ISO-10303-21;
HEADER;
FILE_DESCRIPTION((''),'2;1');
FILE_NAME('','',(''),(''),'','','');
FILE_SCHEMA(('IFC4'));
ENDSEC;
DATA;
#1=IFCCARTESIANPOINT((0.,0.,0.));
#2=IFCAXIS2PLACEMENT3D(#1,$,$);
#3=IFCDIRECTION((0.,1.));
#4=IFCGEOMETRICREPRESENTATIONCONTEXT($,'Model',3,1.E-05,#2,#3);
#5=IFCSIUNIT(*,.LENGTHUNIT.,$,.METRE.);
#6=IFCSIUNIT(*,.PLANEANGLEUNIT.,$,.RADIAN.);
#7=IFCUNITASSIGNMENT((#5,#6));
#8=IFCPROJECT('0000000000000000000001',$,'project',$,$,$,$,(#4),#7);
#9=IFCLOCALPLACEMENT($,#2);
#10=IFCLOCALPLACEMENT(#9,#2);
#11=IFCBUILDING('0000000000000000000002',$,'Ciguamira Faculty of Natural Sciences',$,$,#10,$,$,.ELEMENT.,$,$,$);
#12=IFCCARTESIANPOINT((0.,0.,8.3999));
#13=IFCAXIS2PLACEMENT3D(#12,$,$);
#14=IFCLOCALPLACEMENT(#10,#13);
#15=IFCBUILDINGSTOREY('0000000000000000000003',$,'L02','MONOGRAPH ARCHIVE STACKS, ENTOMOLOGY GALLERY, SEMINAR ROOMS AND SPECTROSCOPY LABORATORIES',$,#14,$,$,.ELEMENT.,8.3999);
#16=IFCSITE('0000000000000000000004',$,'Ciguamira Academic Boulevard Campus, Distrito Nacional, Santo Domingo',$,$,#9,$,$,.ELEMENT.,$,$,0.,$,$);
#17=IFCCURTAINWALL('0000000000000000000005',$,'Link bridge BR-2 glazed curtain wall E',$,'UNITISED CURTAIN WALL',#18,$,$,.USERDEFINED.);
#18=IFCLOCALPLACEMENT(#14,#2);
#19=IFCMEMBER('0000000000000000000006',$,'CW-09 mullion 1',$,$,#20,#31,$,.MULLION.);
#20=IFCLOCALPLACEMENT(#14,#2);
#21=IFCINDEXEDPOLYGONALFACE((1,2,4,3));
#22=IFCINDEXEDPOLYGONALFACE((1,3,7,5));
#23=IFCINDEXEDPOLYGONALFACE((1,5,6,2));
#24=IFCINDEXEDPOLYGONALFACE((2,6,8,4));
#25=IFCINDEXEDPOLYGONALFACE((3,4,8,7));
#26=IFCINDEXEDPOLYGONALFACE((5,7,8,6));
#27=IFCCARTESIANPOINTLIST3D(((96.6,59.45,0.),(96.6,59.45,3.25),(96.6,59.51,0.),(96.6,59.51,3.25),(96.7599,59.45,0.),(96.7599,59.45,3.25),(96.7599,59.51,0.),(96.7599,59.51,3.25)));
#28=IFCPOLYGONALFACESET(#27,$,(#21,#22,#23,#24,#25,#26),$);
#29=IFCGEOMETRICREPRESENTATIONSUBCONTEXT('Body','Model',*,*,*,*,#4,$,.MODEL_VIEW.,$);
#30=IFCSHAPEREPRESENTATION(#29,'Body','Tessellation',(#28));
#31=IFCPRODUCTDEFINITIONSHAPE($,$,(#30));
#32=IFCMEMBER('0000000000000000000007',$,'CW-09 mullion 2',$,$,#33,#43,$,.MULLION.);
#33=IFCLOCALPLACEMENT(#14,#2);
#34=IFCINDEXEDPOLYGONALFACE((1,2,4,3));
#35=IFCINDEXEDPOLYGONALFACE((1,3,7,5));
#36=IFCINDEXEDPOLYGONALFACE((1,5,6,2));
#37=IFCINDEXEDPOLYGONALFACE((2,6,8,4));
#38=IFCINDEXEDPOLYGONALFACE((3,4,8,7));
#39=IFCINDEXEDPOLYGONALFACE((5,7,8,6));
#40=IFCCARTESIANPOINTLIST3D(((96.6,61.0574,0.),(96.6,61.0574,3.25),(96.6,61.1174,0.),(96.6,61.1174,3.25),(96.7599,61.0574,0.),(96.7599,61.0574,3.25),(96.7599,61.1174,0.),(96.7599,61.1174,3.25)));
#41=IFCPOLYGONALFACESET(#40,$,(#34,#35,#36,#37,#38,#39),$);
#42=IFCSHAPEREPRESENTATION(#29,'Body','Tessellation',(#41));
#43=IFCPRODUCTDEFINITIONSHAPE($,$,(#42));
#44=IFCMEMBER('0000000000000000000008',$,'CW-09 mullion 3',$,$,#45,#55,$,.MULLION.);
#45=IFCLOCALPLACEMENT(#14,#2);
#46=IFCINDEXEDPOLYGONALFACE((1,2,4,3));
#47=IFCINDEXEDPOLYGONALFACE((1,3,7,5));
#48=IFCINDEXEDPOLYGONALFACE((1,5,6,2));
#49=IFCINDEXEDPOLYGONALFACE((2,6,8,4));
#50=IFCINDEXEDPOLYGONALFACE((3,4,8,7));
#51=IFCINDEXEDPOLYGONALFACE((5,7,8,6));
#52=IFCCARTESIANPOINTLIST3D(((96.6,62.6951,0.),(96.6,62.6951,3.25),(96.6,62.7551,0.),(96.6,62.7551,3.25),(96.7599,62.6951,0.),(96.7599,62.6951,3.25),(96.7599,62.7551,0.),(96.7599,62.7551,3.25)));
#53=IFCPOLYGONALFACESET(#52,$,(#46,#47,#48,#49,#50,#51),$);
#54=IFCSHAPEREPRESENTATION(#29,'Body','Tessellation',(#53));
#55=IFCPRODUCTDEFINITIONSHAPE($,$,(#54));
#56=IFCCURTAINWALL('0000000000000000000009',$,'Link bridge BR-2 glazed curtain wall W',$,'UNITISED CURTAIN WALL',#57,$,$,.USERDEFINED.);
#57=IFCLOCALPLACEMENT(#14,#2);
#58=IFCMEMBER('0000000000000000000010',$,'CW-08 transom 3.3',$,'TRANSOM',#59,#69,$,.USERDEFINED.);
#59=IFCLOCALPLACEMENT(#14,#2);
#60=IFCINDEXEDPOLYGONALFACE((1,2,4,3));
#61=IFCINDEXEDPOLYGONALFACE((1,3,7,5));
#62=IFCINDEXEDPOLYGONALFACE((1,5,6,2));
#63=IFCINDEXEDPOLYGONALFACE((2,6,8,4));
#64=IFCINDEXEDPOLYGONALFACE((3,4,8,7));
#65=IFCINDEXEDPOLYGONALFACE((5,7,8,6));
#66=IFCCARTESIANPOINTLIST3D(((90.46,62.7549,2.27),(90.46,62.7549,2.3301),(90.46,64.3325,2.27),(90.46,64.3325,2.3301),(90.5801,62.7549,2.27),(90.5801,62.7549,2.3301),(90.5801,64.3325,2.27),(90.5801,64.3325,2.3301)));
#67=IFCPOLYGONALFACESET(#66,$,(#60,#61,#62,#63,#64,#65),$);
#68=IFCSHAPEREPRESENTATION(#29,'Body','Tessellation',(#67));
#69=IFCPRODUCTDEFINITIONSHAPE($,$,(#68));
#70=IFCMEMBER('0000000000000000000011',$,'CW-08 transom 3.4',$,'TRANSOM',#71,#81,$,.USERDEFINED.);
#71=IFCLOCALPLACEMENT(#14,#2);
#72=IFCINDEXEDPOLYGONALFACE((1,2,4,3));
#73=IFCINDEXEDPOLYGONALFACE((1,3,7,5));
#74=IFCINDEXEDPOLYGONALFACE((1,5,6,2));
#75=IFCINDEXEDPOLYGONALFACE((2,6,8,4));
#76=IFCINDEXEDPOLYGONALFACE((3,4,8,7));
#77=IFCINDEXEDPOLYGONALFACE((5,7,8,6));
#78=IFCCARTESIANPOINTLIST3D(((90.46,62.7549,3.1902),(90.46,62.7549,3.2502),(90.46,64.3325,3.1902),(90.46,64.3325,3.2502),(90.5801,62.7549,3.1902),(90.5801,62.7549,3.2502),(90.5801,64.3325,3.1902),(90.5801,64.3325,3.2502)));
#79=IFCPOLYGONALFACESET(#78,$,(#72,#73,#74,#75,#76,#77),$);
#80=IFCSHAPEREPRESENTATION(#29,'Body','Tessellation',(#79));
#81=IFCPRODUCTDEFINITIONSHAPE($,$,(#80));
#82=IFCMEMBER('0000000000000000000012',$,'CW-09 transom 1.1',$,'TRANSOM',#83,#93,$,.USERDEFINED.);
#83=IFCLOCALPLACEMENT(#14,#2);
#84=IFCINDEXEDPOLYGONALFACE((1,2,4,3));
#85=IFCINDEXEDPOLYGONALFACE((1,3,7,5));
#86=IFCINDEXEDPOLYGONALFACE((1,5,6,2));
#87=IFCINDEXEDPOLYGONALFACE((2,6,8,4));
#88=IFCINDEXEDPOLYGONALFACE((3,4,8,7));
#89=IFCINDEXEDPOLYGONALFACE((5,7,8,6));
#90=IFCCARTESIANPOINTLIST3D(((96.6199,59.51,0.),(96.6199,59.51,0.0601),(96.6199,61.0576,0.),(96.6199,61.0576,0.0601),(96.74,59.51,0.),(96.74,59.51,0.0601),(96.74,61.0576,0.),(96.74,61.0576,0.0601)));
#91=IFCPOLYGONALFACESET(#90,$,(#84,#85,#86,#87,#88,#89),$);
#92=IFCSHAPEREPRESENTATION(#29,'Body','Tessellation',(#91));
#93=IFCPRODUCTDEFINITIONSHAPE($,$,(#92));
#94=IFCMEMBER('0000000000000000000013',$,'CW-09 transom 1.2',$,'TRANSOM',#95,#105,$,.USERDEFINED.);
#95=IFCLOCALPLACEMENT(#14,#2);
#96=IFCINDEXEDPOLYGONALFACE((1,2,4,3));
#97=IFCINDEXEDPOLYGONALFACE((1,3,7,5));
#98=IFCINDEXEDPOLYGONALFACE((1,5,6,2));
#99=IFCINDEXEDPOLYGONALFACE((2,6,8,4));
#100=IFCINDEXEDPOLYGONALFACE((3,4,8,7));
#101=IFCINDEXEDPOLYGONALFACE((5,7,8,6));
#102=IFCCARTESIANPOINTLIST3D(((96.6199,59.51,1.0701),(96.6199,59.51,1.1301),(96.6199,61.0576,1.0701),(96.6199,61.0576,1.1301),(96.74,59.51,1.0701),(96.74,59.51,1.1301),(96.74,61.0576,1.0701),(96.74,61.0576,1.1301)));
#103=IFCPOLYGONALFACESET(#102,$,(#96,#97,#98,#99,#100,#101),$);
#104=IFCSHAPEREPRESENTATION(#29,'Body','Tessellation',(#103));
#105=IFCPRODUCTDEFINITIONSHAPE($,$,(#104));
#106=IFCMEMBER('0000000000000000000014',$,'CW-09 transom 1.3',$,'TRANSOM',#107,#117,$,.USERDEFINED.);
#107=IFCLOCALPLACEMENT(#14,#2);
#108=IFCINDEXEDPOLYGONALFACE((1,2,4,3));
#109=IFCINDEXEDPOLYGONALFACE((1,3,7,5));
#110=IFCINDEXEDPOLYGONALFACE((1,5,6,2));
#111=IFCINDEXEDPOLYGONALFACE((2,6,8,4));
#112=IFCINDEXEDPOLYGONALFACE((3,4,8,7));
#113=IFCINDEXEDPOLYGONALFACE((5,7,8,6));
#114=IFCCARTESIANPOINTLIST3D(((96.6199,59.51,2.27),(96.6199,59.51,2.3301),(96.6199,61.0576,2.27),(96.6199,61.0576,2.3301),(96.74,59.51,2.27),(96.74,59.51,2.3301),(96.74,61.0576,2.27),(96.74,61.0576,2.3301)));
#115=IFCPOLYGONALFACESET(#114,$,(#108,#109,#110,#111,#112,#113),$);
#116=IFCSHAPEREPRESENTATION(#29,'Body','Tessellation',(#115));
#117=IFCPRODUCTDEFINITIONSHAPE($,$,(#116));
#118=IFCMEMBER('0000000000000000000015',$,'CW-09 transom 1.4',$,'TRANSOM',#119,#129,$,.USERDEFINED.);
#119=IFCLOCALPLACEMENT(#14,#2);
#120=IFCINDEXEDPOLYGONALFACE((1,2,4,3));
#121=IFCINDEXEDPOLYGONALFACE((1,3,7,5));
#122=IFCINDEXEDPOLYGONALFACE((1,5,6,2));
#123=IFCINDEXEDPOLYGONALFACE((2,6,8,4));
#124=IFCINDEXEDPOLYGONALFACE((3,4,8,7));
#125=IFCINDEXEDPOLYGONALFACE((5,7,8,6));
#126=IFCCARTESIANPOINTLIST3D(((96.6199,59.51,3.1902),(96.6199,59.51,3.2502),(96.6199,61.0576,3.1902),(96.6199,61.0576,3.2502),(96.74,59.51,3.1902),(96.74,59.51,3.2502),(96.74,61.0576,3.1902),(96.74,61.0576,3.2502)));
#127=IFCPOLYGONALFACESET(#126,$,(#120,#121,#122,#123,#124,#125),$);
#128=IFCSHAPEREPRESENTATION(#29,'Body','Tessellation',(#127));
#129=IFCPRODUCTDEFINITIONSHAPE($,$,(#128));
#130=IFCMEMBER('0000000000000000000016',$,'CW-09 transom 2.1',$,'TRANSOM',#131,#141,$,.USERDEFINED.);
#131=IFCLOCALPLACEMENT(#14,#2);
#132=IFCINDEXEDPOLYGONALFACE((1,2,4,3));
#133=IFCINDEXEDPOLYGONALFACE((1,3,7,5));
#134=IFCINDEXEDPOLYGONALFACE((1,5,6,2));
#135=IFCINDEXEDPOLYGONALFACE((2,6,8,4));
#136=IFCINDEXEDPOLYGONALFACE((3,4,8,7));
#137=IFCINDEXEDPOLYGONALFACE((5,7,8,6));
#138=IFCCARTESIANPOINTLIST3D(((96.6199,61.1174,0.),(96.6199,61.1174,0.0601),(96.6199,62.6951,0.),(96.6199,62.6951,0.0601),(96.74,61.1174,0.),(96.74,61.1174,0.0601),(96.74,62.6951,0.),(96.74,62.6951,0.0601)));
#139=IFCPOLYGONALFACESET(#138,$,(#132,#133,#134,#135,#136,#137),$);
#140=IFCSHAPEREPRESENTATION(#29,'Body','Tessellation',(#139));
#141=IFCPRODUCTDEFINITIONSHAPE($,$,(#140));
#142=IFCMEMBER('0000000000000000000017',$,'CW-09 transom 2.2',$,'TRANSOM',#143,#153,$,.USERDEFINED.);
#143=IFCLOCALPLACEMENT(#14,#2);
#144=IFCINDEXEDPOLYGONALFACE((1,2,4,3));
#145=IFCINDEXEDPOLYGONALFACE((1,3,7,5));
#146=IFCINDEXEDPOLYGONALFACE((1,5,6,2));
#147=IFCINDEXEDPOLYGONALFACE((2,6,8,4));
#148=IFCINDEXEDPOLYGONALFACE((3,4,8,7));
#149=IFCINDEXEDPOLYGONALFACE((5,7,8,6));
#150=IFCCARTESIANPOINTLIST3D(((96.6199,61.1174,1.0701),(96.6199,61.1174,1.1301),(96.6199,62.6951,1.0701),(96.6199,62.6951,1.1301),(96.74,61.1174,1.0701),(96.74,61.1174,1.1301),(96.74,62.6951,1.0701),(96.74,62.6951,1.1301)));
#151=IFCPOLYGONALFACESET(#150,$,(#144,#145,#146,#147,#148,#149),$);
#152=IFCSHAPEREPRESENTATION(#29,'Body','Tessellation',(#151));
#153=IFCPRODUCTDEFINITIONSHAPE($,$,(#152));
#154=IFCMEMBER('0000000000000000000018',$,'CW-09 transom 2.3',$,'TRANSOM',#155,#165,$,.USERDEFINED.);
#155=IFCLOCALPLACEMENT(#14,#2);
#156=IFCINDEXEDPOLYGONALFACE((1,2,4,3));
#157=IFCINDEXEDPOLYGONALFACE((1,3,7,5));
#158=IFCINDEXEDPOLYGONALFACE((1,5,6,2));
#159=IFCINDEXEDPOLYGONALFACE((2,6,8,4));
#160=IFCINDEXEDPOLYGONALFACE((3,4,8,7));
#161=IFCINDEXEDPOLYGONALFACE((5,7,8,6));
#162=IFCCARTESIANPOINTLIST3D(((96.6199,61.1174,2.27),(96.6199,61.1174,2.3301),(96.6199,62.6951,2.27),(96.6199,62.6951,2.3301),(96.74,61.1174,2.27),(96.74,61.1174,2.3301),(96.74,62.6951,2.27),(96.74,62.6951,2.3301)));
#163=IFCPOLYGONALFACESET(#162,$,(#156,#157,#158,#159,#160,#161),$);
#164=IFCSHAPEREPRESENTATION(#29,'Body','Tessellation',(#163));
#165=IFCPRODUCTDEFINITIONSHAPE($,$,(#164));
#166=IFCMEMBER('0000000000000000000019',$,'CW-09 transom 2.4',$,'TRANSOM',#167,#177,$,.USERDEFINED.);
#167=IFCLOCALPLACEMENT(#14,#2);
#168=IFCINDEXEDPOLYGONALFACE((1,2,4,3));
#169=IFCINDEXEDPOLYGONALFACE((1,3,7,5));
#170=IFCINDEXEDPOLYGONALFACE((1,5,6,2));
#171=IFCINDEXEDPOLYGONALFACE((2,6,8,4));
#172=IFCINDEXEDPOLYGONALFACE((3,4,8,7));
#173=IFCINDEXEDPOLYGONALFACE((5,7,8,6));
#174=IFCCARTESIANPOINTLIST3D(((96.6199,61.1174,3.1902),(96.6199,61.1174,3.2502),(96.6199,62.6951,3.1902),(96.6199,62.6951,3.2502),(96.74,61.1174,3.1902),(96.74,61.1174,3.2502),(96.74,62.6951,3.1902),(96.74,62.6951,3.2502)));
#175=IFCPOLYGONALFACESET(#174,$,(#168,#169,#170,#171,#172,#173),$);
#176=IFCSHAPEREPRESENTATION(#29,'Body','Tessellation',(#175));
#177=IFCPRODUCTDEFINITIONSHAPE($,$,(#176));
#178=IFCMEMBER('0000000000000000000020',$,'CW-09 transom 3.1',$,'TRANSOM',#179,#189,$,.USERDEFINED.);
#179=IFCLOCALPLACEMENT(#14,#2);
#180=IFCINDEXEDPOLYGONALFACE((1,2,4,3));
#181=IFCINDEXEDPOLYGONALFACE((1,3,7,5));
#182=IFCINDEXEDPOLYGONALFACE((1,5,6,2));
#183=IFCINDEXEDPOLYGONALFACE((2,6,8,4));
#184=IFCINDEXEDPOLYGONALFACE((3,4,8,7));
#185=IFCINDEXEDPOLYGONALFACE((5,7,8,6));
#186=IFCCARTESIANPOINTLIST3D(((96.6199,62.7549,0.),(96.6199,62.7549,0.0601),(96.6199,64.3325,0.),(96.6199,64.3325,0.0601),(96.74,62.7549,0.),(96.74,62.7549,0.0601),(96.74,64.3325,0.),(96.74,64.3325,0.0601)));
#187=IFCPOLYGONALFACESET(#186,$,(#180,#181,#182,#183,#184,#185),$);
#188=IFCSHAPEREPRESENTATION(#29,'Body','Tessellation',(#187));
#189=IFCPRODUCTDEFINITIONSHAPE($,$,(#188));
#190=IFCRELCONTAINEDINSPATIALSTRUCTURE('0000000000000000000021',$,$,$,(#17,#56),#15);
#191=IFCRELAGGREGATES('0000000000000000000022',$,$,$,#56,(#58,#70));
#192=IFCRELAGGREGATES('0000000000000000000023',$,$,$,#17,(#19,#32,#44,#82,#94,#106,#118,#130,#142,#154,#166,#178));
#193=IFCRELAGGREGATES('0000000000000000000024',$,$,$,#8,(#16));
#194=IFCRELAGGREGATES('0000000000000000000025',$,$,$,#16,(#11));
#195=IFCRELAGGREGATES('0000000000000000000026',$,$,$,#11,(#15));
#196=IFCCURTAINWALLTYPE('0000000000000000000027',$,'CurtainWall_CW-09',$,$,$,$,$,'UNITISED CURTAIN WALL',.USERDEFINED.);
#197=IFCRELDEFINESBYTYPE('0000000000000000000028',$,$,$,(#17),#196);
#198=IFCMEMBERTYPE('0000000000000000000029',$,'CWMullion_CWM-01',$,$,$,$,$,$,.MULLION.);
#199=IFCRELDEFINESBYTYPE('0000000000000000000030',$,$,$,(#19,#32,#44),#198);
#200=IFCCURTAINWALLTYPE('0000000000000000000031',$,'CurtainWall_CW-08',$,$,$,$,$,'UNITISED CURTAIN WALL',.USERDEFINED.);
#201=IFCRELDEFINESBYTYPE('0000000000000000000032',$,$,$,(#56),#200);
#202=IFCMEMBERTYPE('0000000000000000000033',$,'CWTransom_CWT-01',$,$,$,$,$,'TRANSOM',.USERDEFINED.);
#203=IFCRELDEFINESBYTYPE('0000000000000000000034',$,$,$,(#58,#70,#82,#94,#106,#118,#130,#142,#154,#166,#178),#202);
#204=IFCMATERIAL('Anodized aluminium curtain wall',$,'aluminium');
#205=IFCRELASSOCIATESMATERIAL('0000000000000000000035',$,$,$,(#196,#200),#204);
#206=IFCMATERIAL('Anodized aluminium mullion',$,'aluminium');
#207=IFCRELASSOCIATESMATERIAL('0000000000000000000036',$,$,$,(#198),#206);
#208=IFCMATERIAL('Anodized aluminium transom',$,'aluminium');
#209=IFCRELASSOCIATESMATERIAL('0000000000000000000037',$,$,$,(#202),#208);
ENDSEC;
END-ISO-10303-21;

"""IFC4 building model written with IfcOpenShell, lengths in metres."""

from ifc_helpers import new_model, si_unit, direction, frame, origin, origin_2d, place, context, subcontext, project, spatial, rectangle, extrude, material, material_profile, profile_set, type_object, element, aggregate, save


model = new_model("IFC4")

# Units and contexts
model_context = context("Model", 3, precision=1e-05, world=origin(), true_north=direction((0.0, 1.0)))
body_context = subcontext(model_context, "Body", "Model", "MODEL_VIEW")
ifc_project = project(units=[si_unit("LENGTHUNIT", "METRE"), si_unit("PLANEANGLEUNIT", "RADIAN")], contexts=[model_context])

# Site, building, storey
site_placement = place(None, origin())
site = spatial("IfcSite", under=ifc_project, at=site_placement, Name="Ciguamira Academic Boulevard Campus, Distrito Nacional, Santo Domingo", CompositionType="ELEMENT", RefElevation=0.0)
building_placement = place(site_placement, origin())
building = spatial("IfcBuilding", under=site, at=building_placement, Name="Ciguamira Faculty of Natural Sciences", CompositionType="ELEMENT")
storey_placement = place(building_placement, frame((0.0, 0.0, 8.3999)))
storey = spatial("IfcBuildingStorey", under=building, at=storey_placement, Name="L02", Description="MONOGRAPH ARCHIVE STACKS, ENTOMOLOGY GALLERY, SEMINAR ROOMS AND SPECTROSCOPY LABORATORIES", CompositionType="ELEMENT", Elevation=8.3999)

# Curtain walls, members
ifc_material_1 = material(Name="Anodized aluminium curtain wall", Category="aluminium")
curtain_wall_type_1 = type_object("IfcCurtainWallType", Name="CurtainWall_CW-09", ElementType="UNITISED CURTAIN WALL", PredefinedType="USERDEFINED", material=ifc_material_1)
curtain_wall_1_placement = place(storey_placement, origin())
curtain_wall_1 = element("IfcCurtainWall", 1, at=curtain_wall_1_placement, inside=storey, type_object=curtain_wall_type_1, Name="Link bridge BR-2 glazed curtain wall E", ObjectType="UNITISED CURTAIN WALL", PredefinedType="USERDEFINED")
ifc_material_2 = material(Name="Anodized aluminium mullion", Category="aluminium")
ifc_material_profile_1 = material_profile(ifc_material_2, rectangle(XDim=0.0601, YDim=0.1599, at=origin_2d()), Name="ALU-MUL-60X160")
ifc_profile_set_1 = profile_set([ifc_material_profile_1], Name="Anodized aluminium mullion")
member_type_1 = type_object("IfcMemberType", Name="CWMullion_CWM-01", PredefinedType="MULLION", material=ifc_profile_set_1)
member_1_placement = place(storey_placement, frame((96.6799, 59.48, 0.0), z_axis=(0.0, 0.0, 1.0), x_axis=(0.0, 1.0, 0.0)))
member_1 = element("IfcMember", 2, at=member_1_placement, type_object=member_type_1, Name="CW-09 mullion 1", PredefinedType="MULLION", context=body_context, shape_type="SweptSolid", body=[
    extrude(rectangle(XDim=0.0601, YDim=0.1599, at=origin_2d()), origin(), (0.0, 0.0, 1.0), 3.25),
])
member_2_placement = place(storey_placement, frame((96.6799, 61.0874, 0.0), z_axis=(0.0, 0.0, 1.0), x_axis=(0.0, 1.0, 0.0)))
member_2 = element("IfcMember", 3, at=member_2_placement, type_object=member_type_1, Name="CW-09 mullion 2", PredefinedType="MULLION", context=body_context, shape_type="SweptSolid", body=[
    extrude(rectangle(XDim=0.0601, YDim=0.1599, at=origin_2d()), origin(), (0.0, 0.0, 1.0), 3.25),
])
member_3_placement = place(storey_placement, frame((96.6799, 62.7251, 0.0), z_axis=(0.0, 0.0, 1.0), x_axis=(0.0, 1.0, 0.0)))
member_3 = element("IfcMember", 4, at=member_3_placement, type_object=member_type_1, Name="CW-09 mullion 3", PredefinedType="MULLION", context=body_context, shape_type="SweptSolid", body=[
    extrude(rectangle(XDim=0.0601, YDim=0.1599, at=origin_2d()), origin(), (0.0, 0.0, 1.0), 3.25),
])
curtain_wall_type_2 = type_object("IfcCurtainWallType", Name="CurtainWall_CW-08", ElementType="UNITISED CURTAIN WALL", PredefinedType="USERDEFINED", material=ifc_material_1)
curtain_wall_2_placement = place(storey_placement, origin())
curtain_wall_2 = element("IfcCurtainWall", 5, at=curtain_wall_2_placement, inside=storey, type_object=curtain_wall_type_2, Name="Link bridge BR-2 glazed curtain wall W", ObjectType="UNITISED CURTAIN WALL", PredefinedType="USERDEFINED")
ifc_material_3 = material(Name="Anodized aluminium transom", Category="aluminium")
ifc_material_profile_2 = material_profile(ifc_material_3, rectangle(XDim=0.0601, YDim=0.1201, at=origin_2d()), Name="ALU-TRN-60X120")
ifc_profile_set_2 = profile_set([ifc_material_profile_2], Name="Anodized aluminium transom")
member_type_2 = type_object("IfcMemberType", Name="CWTransom_CWT-01", ElementType="TRANSOM", PredefinedType="USERDEFINED", material=ifc_profile_set_2)
member_4_placement = place(storey_placement, frame((90.52, 62.7549, 2.3), z_axis=(0.0, 1.0, 0.0), x_axis=(0.0, 0.0, 1.0)))
member_4 = element("IfcMember", 6, at=member_4_placement, type_object=member_type_2, Name="CW-08 transom 3.3", ObjectType="TRANSOM", PredefinedType="USERDEFINED", context=body_context, shape_type="SweptSolid", body=[
    extrude(rectangle(XDim=0.0601, YDim=0.1201, at=origin_2d()), origin(), (0.0, 0.0, 1.0), 1.5776),
])
member_5_placement = place(storey_placement, frame((90.52, 62.7549, 3.2202), z_axis=(0.0, 1.0, 0.0), x_axis=(0.0, 0.0, 1.0)))
member_5 = element("IfcMember", 7, at=member_5_placement, type_object=member_type_2, Name="CW-08 transom 3.4", ObjectType="TRANSOM", PredefinedType="USERDEFINED", context=body_context, shape_type="SweptSolid", body=[
    extrude(rectangle(XDim=0.0601, YDim=0.1201, at=origin_2d()), origin(), (0.0, 0.0, 1.0), 1.5776),
])
aggregate(curtain_wall_2, [member_4, member_5])

# Members
member_6_placement = place(storey_placement, frame((96.6799, 59.51, 0.03), z_axis=(0.0, 1.0, 0.0), x_axis=(0.0, 0.0, 1.0)))
member_6 = element("IfcMember", 8, at=member_6_placement, type_object=member_type_2, Name="CW-09 transom 1.1", ObjectType="TRANSOM", PredefinedType="USERDEFINED", context=body_context, shape_type="SweptSolid", body=[
    extrude(rectangle(XDim=0.0601, YDim=0.1201, at=origin_2d()), origin(), (0.0, 0.0, 1.0), 1.5476),
])
member_7_placement = place(storey_placement, frame((96.6799, 59.51, 1.1001), z_axis=(0.0, 1.0, 0.0), x_axis=(0.0, 0.0, 1.0)))
member_7 = element("IfcMember", 9, at=member_7_placement, type_object=member_type_2, Name="CW-09 transom 1.2", ObjectType="TRANSOM", PredefinedType="USERDEFINED", context=body_context, shape_type="SweptSolid", body=[
    extrude(rectangle(XDim=0.0601, YDim=0.1201, at=origin_2d()), origin(), (0.0, 0.0, 1.0), 1.5476),
])
member_8_placement = place(storey_placement, frame((96.6799, 59.51, 2.3), z_axis=(0.0, 1.0, 0.0), x_axis=(0.0, 0.0, 1.0)))
member_8 = element("IfcMember", 10, at=member_8_placement, type_object=member_type_2, Name="CW-09 transom 1.3", ObjectType="TRANSOM", PredefinedType="USERDEFINED", context=body_context, shape_type="SweptSolid", body=[
    extrude(rectangle(XDim=0.0601, YDim=0.1201, at=origin_2d()), origin(), (0.0, 0.0, 1.0), 1.5476),
])
member_9_placement = place(storey_placement, frame((96.6799, 59.51, 3.2202), z_axis=(0.0, 1.0, 0.0), x_axis=(0.0, 0.0, 1.0)))
member_9 = element("IfcMember", 11, at=member_9_placement, type_object=member_type_2, Name="CW-09 transom 1.4", ObjectType="TRANSOM", PredefinedType="USERDEFINED", context=body_context, shape_type="SweptSolid", body=[
    extrude(rectangle(XDim=0.0601, YDim=0.1201, at=origin_2d()), origin(), (0.0, 0.0, 1.0), 1.5476),
])
member_10_placement = place(storey_placement, frame((96.6799, 61.1174, 0.03), z_axis=(0.0, 1.0, 0.0), x_axis=(0.0, 0.0, 1.0)))
member_10 = element("IfcMember", 12, at=member_10_placement, type_object=member_type_2, Name="CW-09 transom 2.1", ObjectType="TRANSOM", PredefinedType="USERDEFINED", context=body_context, shape_type="SweptSolid", body=[
    extrude(rectangle(XDim=0.0601, YDim=0.1201, at=origin_2d()), origin(), (0.0, 0.0, 1.0), 1.5776),
])
member_11_placement = place(storey_placement, frame((96.6799, 61.1174, 1.1001), z_axis=(0.0, 1.0, 0.0), x_axis=(0.0, 0.0, 1.0)))
member_11 = element("IfcMember", 13, at=member_11_placement, type_object=member_type_2, Name="CW-09 transom 2.2", ObjectType="TRANSOM", PredefinedType="USERDEFINED", context=body_context, shape_type="SweptSolid", body=[
    extrude(rectangle(XDim=0.0601, YDim=0.1201, at=origin_2d()), origin(), (0.0, 0.0, 1.0), 1.5776),
])
member_12_placement = place(storey_placement, frame((96.6799, 61.1174, 2.3), z_axis=(0.0, 1.0, 0.0), x_axis=(0.0, 0.0, 1.0)))
member_12 = element("IfcMember", 14, at=member_12_placement, type_object=member_type_2, Name="CW-09 transom 2.3", ObjectType="TRANSOM", PredefinedType="USERDEFINED", context=body_context, shape_type="SweptSolid", body=[
    extrude(rectangle(XDim=0.0601, YDim=0.1201, at=origin_2d()), origin(), (0.0, 0.0, 1.0), 1.5776),
])
member_13_placement = place(storey_placement, frame((96.6799, 61.1174, 3.2202), z_axis=(0.0, 1.0, 0.0), x_axis=(0.0, 0.0, 1.0)))
member_13 = element("IfcMember", 15, at=member_13_placement, type_object=member_type_2, Name="CW-09 transom 2.4", ObjectType="TRANSOM", PredefinedType="USERDEFINED", context=body_context, shape_type="SweptSolid", body=[
    extrude(rectangle(XDim=0.0601, YDim=0.1201, at=origin_2d()), origin(), (0.0, 0.0, 1.0), 1.5776),
])
member_14_placement = place(storey_placement, frame((96.6799, 62.7549, 0.03), z_axis=(0.0, 1.0, 0.0), x_axis=(0.0, 0.0, 1.0)))
member_14 = element("IfcMember", 16, at=member_14_placement, type_object=member_type_2, Name="CW-09 transom 3.1", ObjectType="TRANSOM", PredefinedType="USERDEFINED", context=body_context, shape_type="SweptSolid", body=[
    extrude(rectangle(XDim=0.0601, YDim=0.1201, at=origin_2d()), origin(), (0.0, 0.0, 1.0), 1.5776),
])

aggregate(curtain_wall_1, [member_1, member_2, member_3, member_6, member_7, member_8, member_9, member_10, member_11, member_12, member_13, member_14])

save(model, "model.ifc")
